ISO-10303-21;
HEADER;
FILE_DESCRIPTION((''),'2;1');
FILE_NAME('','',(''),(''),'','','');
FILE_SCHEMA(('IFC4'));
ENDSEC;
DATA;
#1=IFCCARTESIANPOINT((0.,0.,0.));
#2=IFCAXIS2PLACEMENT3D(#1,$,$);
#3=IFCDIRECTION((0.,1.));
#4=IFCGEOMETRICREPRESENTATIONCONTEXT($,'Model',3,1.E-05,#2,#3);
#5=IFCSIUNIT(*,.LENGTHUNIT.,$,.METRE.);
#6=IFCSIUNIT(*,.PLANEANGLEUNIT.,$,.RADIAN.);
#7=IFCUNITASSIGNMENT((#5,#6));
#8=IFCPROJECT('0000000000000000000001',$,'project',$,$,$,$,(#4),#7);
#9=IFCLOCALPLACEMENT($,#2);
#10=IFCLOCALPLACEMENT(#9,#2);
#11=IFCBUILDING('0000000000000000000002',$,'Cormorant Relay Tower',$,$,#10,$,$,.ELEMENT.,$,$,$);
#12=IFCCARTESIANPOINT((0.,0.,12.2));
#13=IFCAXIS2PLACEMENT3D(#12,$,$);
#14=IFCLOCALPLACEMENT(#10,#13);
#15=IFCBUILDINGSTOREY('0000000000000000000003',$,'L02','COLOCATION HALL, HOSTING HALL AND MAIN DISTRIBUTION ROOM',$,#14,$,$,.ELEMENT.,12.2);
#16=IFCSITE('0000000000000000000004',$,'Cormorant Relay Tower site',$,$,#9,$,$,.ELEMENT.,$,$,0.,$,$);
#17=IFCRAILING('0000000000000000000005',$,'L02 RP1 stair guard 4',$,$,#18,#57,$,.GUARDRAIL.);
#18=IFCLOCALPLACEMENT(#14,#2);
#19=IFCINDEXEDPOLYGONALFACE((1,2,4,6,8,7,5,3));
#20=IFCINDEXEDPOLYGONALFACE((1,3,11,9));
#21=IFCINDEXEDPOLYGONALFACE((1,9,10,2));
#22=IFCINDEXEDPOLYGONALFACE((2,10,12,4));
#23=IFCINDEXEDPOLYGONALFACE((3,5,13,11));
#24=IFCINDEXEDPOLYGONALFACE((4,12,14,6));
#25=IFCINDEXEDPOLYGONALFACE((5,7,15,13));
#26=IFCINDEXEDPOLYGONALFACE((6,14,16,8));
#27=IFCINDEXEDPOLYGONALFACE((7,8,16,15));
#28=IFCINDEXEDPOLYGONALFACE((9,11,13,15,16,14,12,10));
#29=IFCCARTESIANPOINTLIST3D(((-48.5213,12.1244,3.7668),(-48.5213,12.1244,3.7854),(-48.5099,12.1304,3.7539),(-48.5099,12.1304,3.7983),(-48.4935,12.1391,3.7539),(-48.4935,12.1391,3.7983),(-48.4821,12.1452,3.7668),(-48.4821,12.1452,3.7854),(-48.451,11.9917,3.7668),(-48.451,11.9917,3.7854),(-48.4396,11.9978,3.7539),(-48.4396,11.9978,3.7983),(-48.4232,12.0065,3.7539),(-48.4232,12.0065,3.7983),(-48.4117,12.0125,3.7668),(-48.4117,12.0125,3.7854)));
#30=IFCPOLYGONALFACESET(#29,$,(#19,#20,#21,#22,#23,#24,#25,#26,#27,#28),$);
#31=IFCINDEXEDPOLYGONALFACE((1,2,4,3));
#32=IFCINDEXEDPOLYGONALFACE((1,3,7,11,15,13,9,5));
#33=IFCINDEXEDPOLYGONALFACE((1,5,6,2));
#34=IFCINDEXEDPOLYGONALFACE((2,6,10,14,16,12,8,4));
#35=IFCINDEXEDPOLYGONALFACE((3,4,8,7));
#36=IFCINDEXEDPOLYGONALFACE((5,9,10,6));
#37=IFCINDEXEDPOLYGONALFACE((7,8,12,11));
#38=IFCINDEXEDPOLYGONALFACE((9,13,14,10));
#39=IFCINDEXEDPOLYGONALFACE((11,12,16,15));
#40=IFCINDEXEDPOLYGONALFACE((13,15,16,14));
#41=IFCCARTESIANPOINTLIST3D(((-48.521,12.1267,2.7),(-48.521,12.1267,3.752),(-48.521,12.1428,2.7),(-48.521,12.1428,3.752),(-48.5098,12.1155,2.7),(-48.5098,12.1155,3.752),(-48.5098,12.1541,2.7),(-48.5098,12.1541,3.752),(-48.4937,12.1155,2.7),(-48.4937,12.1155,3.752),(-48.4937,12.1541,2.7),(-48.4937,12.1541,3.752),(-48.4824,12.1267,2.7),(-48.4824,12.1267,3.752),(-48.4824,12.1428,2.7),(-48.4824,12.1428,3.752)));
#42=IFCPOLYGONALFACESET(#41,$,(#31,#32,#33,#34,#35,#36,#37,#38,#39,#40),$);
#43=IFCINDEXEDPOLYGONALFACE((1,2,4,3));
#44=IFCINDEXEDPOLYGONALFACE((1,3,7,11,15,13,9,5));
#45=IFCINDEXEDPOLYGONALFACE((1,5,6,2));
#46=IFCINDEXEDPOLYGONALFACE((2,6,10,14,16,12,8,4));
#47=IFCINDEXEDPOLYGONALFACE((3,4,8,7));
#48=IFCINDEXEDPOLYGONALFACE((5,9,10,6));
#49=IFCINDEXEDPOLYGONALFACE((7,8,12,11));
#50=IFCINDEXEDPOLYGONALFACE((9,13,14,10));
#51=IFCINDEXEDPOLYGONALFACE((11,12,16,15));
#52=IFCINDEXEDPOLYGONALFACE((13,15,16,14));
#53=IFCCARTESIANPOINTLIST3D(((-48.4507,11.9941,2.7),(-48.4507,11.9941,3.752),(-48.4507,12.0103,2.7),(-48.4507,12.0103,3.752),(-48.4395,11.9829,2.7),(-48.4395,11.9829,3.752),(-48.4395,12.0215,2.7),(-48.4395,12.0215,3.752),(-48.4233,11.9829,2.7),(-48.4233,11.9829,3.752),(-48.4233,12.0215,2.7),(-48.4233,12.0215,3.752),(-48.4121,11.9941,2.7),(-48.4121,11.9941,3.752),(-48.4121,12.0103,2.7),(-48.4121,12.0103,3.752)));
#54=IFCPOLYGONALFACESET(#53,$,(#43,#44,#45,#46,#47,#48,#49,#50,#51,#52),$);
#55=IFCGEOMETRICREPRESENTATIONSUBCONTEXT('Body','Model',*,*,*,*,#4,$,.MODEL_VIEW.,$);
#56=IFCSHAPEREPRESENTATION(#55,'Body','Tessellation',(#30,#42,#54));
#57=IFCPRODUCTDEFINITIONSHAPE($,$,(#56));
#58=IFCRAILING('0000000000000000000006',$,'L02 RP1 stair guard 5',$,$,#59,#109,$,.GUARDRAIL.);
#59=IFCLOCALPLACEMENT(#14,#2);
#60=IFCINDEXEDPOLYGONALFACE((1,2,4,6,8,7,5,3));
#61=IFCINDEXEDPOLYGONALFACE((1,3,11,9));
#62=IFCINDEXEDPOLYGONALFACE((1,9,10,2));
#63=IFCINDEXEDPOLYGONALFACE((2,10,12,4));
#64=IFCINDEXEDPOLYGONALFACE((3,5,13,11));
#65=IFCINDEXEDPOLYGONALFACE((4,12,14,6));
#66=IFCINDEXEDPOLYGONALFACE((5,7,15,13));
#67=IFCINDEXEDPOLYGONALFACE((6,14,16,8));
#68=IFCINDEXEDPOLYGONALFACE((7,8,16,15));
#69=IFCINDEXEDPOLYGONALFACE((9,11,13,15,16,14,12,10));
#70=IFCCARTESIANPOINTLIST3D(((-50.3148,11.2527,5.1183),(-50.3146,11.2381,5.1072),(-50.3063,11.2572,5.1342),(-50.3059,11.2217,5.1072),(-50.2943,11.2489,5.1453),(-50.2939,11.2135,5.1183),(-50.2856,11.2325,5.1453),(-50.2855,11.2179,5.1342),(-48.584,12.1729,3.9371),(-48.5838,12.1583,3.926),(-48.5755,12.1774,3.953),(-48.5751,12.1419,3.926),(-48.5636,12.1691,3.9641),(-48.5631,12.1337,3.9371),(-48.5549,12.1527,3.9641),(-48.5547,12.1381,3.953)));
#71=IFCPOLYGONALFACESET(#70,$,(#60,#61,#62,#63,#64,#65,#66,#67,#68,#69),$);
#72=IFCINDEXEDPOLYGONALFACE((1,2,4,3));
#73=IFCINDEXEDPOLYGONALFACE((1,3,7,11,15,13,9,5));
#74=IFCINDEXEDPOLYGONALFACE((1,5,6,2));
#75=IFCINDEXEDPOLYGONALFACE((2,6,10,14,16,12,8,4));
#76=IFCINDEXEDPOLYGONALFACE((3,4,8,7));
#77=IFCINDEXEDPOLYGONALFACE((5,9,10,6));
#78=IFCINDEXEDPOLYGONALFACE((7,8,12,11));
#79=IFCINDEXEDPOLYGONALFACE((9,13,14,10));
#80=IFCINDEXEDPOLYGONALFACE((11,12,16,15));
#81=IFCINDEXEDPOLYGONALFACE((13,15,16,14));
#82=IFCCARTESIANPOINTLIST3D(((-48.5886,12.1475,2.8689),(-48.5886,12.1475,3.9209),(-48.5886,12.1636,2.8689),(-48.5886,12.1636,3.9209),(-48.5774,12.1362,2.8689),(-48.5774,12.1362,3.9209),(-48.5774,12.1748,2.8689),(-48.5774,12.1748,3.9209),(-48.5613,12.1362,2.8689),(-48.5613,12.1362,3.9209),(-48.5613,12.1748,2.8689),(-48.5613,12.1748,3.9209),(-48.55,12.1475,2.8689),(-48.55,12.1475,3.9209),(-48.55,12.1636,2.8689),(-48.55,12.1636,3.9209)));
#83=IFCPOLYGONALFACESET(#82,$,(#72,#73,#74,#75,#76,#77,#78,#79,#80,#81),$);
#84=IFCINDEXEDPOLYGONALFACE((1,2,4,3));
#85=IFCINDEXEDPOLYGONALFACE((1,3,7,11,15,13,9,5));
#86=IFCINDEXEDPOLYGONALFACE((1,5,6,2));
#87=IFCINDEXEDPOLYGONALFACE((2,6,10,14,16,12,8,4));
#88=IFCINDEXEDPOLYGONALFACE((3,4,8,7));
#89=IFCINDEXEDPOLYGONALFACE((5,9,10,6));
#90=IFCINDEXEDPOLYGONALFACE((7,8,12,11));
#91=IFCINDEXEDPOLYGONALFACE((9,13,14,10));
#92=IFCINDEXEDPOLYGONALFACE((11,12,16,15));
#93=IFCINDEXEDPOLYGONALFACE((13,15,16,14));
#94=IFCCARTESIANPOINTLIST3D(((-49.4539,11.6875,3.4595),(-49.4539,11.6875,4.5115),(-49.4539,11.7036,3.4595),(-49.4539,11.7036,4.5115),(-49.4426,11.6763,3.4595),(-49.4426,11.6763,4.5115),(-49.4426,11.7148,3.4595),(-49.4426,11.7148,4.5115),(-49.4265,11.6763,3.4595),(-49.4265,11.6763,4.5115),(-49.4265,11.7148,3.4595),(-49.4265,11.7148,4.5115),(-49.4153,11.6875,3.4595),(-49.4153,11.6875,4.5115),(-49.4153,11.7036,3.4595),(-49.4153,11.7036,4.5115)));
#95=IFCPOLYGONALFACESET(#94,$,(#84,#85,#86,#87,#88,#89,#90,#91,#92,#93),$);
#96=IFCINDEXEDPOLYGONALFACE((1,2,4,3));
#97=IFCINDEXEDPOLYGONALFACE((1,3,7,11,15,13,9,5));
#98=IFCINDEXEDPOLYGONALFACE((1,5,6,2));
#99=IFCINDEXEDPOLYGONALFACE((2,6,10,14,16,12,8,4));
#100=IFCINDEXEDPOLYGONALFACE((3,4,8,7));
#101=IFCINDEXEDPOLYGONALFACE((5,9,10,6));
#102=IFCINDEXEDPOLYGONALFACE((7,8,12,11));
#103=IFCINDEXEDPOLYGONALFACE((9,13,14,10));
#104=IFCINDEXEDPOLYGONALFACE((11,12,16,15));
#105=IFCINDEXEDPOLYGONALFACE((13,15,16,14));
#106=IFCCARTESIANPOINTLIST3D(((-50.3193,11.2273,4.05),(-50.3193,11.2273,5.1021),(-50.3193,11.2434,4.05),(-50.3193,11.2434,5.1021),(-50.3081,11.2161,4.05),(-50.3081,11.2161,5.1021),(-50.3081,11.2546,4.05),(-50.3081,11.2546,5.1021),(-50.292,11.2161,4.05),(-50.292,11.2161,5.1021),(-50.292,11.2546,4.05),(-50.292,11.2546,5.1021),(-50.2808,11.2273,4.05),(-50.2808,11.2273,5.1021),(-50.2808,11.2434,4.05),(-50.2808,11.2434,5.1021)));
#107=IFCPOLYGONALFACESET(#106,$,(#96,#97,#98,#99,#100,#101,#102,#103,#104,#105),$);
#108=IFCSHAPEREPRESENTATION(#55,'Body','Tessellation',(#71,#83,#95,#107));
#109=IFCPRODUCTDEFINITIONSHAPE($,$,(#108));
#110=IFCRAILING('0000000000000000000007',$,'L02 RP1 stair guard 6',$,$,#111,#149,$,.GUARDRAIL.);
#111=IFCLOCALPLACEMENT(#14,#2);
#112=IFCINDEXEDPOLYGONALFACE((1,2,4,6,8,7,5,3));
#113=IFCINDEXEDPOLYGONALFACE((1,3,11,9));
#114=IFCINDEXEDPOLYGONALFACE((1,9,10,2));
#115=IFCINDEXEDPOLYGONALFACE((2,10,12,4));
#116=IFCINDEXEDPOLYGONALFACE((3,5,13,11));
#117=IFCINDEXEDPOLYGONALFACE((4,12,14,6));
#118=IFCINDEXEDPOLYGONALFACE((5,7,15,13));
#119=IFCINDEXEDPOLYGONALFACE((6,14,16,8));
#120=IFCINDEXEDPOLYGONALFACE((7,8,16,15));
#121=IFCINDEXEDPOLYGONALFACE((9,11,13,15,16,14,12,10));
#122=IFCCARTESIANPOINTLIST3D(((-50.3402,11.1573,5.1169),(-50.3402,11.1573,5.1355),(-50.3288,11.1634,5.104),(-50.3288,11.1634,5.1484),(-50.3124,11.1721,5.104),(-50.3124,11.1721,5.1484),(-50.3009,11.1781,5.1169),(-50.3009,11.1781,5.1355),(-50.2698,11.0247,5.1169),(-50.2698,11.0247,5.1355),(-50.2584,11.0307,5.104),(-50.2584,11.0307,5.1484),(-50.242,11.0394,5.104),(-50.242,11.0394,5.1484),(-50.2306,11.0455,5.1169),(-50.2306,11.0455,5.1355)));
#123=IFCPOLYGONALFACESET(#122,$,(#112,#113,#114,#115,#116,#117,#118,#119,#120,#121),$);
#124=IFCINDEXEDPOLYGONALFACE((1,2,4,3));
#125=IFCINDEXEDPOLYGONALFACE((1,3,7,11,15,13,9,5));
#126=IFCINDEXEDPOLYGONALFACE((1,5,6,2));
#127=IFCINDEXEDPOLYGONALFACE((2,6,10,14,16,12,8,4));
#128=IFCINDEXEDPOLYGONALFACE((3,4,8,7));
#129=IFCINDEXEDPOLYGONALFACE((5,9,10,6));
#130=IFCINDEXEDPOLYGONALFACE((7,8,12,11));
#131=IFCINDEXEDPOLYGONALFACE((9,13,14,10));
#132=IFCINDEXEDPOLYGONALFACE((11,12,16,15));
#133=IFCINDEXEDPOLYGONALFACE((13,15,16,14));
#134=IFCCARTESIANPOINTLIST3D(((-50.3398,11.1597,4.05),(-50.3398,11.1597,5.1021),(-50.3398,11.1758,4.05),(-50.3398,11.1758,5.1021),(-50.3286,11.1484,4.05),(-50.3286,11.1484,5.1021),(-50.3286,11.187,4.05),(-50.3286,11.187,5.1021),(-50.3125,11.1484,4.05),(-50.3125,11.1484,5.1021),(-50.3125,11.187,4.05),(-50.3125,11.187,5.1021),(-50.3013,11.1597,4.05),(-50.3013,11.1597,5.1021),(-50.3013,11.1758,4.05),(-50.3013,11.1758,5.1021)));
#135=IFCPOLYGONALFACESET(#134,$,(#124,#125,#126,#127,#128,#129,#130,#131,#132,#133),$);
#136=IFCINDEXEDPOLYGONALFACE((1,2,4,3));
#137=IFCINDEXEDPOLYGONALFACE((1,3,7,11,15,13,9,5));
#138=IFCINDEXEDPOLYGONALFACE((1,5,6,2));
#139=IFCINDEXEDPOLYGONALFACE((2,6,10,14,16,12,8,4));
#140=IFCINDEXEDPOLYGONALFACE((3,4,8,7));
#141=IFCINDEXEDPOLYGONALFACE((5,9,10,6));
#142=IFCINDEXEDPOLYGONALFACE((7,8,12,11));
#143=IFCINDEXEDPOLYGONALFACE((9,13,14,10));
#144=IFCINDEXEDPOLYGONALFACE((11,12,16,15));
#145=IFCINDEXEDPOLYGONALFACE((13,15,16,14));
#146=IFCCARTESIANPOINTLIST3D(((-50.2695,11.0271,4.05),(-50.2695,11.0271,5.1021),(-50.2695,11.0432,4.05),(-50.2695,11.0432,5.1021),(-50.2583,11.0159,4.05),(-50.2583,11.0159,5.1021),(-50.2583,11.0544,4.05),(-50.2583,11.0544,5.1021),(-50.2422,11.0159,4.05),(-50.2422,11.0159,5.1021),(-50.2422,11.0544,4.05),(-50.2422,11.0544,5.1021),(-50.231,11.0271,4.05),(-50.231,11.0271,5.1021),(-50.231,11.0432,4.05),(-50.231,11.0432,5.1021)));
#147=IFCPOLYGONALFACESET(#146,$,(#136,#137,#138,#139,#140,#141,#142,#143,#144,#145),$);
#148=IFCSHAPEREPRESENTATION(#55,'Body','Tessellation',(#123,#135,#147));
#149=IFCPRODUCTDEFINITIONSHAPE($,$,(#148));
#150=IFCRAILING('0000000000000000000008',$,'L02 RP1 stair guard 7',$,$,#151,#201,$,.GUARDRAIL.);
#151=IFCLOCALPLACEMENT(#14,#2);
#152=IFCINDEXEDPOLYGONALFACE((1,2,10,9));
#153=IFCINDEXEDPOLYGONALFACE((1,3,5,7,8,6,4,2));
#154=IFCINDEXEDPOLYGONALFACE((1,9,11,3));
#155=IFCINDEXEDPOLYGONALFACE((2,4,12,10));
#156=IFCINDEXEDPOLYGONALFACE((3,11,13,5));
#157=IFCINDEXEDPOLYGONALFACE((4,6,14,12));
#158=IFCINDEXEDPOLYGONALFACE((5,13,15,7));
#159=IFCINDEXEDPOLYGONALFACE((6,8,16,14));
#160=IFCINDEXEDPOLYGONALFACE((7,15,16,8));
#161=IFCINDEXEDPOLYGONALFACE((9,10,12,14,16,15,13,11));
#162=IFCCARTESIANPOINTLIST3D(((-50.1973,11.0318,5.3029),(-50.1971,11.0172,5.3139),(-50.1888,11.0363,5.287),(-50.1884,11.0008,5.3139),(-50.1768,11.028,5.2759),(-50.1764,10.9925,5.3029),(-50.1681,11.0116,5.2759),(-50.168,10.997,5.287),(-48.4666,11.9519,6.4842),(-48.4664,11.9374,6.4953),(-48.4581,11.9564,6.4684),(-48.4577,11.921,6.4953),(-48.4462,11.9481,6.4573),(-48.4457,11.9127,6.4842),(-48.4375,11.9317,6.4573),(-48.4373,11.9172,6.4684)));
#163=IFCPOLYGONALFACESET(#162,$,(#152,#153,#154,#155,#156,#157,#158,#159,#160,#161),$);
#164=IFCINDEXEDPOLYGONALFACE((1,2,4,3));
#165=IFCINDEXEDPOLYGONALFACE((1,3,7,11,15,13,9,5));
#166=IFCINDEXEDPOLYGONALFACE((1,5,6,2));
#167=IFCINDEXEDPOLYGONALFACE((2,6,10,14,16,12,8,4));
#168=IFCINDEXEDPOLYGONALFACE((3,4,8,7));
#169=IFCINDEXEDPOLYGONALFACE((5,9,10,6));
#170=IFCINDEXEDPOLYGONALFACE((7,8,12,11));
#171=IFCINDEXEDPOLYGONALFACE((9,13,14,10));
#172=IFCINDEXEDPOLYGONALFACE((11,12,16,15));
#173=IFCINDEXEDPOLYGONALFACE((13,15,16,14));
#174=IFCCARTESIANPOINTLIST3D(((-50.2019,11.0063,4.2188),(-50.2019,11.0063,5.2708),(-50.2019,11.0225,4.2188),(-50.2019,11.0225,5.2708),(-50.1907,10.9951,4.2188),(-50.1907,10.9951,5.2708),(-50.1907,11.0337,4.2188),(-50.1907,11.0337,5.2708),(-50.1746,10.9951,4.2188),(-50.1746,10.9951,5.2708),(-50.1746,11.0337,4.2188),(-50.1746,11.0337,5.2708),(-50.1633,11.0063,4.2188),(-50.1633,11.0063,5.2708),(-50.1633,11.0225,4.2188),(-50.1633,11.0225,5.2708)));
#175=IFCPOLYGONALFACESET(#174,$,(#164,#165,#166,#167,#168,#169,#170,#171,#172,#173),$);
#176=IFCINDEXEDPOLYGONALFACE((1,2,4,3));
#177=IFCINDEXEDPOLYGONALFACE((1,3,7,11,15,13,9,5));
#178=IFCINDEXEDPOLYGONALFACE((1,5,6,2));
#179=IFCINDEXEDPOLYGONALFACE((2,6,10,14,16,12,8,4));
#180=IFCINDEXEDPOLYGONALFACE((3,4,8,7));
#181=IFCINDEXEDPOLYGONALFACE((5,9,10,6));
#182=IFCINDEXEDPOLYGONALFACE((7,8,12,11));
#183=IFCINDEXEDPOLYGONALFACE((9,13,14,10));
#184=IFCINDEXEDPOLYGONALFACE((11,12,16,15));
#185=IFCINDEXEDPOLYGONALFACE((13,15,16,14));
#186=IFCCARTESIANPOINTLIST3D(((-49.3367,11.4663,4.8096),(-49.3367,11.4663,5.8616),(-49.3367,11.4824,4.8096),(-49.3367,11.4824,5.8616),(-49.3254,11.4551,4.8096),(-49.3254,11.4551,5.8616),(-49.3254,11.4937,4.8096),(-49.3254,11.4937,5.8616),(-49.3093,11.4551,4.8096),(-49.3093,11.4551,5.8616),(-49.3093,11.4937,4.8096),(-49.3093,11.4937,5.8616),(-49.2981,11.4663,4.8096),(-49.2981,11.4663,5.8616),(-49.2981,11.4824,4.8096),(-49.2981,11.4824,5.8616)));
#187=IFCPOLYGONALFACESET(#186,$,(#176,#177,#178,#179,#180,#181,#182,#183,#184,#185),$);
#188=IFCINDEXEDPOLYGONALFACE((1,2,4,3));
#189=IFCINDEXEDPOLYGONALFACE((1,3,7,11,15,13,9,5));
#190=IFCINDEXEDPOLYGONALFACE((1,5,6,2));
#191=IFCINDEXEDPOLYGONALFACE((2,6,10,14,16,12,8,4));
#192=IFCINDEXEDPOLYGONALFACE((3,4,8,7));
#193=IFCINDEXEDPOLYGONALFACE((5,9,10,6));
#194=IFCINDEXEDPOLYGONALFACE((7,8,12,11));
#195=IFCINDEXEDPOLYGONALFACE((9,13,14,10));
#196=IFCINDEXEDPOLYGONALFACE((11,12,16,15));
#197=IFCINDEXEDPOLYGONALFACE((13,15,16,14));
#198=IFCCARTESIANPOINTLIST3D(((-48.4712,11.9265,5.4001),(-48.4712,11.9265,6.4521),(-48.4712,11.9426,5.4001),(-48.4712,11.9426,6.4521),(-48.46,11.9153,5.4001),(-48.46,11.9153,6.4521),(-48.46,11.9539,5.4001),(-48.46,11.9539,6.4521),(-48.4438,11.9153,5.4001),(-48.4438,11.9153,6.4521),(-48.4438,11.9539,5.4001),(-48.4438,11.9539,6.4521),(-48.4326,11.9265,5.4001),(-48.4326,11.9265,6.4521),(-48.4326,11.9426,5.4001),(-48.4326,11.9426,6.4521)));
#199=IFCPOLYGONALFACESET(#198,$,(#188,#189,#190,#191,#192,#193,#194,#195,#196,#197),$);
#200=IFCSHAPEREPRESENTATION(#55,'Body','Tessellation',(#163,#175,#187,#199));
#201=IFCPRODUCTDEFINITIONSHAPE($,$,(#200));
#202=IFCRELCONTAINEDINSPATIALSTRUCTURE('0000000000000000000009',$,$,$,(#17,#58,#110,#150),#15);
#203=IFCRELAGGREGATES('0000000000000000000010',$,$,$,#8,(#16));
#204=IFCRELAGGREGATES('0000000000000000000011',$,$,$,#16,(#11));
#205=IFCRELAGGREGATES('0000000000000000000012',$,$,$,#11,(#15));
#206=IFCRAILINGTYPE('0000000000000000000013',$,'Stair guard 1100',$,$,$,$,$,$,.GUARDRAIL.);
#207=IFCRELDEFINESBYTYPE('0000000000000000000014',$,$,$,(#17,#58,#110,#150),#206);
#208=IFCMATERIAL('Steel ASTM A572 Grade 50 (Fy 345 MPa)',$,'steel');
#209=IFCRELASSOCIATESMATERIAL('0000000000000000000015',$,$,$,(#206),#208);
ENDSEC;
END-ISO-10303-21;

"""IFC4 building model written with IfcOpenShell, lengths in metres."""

from ifc_helpers import new_model, si_unit, direction, frame, origin, place, context, subcontext, project, spatial, polyline, outline, extrude, material, type_object, element, save


model = new_model("IFC4")

# Units and contexts
model_context = context("Model", 3, precision=1e-05, world=origin(), true_north=direction((0.0, 1.0)))
body_context = subcontext(model_context, "Body", "Model", "MODEL_VIEW")
ifc_project = project(units=[si_unit("LENGTHUNIT", "METRE"), si_unit("PLANEANGLEUNIT", "RADIAN")], contexts=[model_context])

# Site, building, storey
site_placement = place(None, origin())
site = spatial("IfcSite", under=ifc_project, at=site_placement, Name="Cormorant Relay Tower site", CompositionType="ELEMENT", RefElevation=0.0)
building_placement = place(site_placement, origin())
building = spatial("IfcBuilding", under=site, at=building_placement, Name="Cormorant Relay Tower", CompositionType="ELEMENT")
storey_placement = place(building_placement, frame((0.0, 0.0, 12.2)))
storey = spatial("IfcBuildingStorey", under=building, at=storey_placement, Name="L02", Description="COLOCATION HALL, HOSTING HALL AND MAIN DISTRIBUTION ROOM", CompositionType="ELEMENT", Elevation=12.2)

# Railings
ifc_material_1 = material(Name="Steel ASTM A572 Grade 50 (Fy 345 MPa)", Category="steel")
railing_type_1 = type_object("IfcRailingType", Name="Stair guard 1100", PredefinedType="GUARDRAIL", material=ifc_material_1)
railing_1_placement = place(storey_placement, frame((-48.5017, 12.1348, 2.7)))
element("IfcRailing", 1, at=railing_1_placement, inside=storey, type_object=railing_type_1, Name="L02 RP1 stair guard 4", PredefinedType="GUARDRAIL", context=body_context, shape_type="SweptSolid", body=[
    extrude(outline(polyline([(0.0222, 0.0093), (0.0093, 0.0222), (-0.0093, 0.0222), (-0.0222, 0.0093), (-0.0222, -0.0093), (-0.0093, -0.0222), (0.0093, -0.0222), (0.0222, -0.0093), (0.0222, 0.0093)])), frame((0.0, 0.0, 1.0762), z_axis=(0.46856, -0.883431, 0.0), x_axis=(0.883431, 0.46856, 0.0)), (0.0, 0.0, 1.0), 0.1501),
    extrude(outline(polyline([(0.0193, 0.0081), (0.0081, 0.0193), (-0.0081, 0.0193), (-0.0193, 0.0081), (-0.0193, -0.0081), (-0.0081, -0.0193), (0.0081, -0.0193), (0.0193, -0.0081), (0.0193, 0.0081)])), origin(), (0.0, 0.0, 1.0), 1.052),
    extrude(outline(polyline([(0.0193, 0.0081), (0.0081, 0.0193), (-0.0081, 0.0193), (-0.0193, 0.0081), (-0.0193, -0.0081), (-0.0081, -0.0193), (0.0081, -0.0193), (0.0193, -0.0081), (0.0193, 0.0081)])), frame((0.0703, -0.1326, 0.0)), (0.0, 0.0, 1.0), 1.052),
])
railing_2_placement = place(storey_placement, frame((-48.5693, 12.1555, 2.8689)))
element("IfcRailing", 2, at=railing_2_placement, inside=storey, type_object=railing_type_1, Name="L02 RP1 stair guard 5", PredefinedType="GUARDRAIL", context=body_context, shape_type="SweptSolid", body=[
    extrude(outline(polyline([(0.0222, 0.0093), (0.0093, 0.0222), (-0.0093, 0.0222), (-0.0222, 0.0093), (-0.0222, -0.0093), (-0.0093, -0.0222), (0.0093, -0.0222), (0.0222, -0.0093), (0.0222, 0.0093)])), frame((0.0, 0.0, 1.0762), z_axis=(-0.756268, -0.402084, 0.516127), x_axis=(0.469444, -0.882962, 0.0)), (0.0, 0.0, 1.0), 2.2886),
    extrude(outline(polyline([(0.0193, 0.0081), (0.0081, 0.0193), (-0.0081, 0.0193), (-0.0193, 0.0081), (-0.0193, -0.0081), (-0.0081, -0.0193), (0.0081, -0.0193), (0.0193, -0.0081), (0.0193, 0.0081)])), origin(), (0.0, 0.0, 1.0), 1.052),
    extrude(outline(polyline([(0.0193, 0.0081), (0.0081, 0.0193), (-0.0081, 0.0193), (-0.0193, 0.0081), (-0.0193, -0.0081), (-0.0081, -0.0193), (0.0081, -0.0193), (0.0193, -0.0081), (0.0193, 0.0081)])), frame((-0.8652, -0.46, 0.5906)), (0.0, 0.0, 1.0), 1.052),
    extrude(outline(polyline([(0.0193, 0.0081), (0.0081, 0.0193), (-0.0081, 0.0193), (-0.0193, 0.0081), (-0.0193, -0.0081), (-0.0081, -0.0193), (0.0081, -0.0193), (0.0193, -0.0081), (0.0193, 0.0081)])), frame((-1.7307, -0.9202, 1.1812)), (0.0, 0.0, 1.0), 1.052),
])
railing_3_placement = place(storey_placement, frame((-50.3206, 11.1677, 4.05)))
element("IfcRailing", 3, at=railing_3_placement, inside=storey, type_object=railing_type_1, Name="L02 RP1 stair guard 6", PredefinedType="GUARDRAIL", context=body_context, shape_type="SweptSolid", body=[
    extrude(outline(polyline([(0.0222, 0.0093), (0.0093, 0.0222), (-0.0093, 0.0222), (-0.0222, 0.0093), (-0.0222, -0.0093), (-0.0093, -0.0222), (0.0093, -0.0222), (0.0222, -0.0093), (0.0222, 0.0093)])), frame((0.0, 0.0, 1.0762), z_axis=(0.46856, -0.883431, 0.0), x_axis=(0.883431, 0.46856, 0.0)), (0.0, 0.0, 1.0), 0.1501),
    extrude(outline(polyline([(0.0193, 0.0081), (0.0081, 0.0193), (-0.0081, 0.0193), (-0.0193, 0.0081), (-0.0193, -0.0081), (-0.0081, -0.0193), (0.0081, -0.0193), (0.0193, -0.0081), (0.0193, 0.0081)])), origin(), (0.0, 0.0, 1.0), 1.052),
    extrude(outline(polyline([(0.0193, 0.0081), (0.0081, 0.0193), (-0.0081, 0.0193), (-0.0193, 0.0081), (-0.0193, -0.0081), (-0.0081, -0.0193), (0.0081, -0.0193), (0.0193, -0.0081), (0.0193, 0.0081)])), frame((0.0703, -0.1326, 0.0)), (0.0, 0.0, 1.0), 1.052),
])
railing_4_placement = place(storey_placement, frame((-50.1826, 11.0144, 4.2188)))
element("IfcRailing", 4, at=railing_4_placement, inside=storey, type_object=railing_type_1, Name="L02 RP1 stair guard 7", PredefinedType="GUARDRAIL", context=body_context, shape_type="SweptSolid", body=[
    extrude(outline(polyline([(0.0222, 0.0093), (0.0093, 0.0222), (-0.0093, 0.0222), (-0.0222, 0.0093), (-0.0222, -0.0093), (-0.0093, -0.0222), (0.0093, -0.0222), (0.0222, -0.0093), (0.0222, 0.0093)])), frame((0.0, 0.0, 1.0762), z_axis=(0.756226, 0.402062, 0.516205), x_axis=(-0.469444, 0.882962, 0.0)), (0.0, 0.0, 1.0), 2.2886),
    extrude(outline(polyline([(0.0193, 0.0081), (0.0081, 0.0193), (-0.0081, 0.0193), (-0.0193, 0.0081), (-0.0193, -0.0081), (-0.0081, -0.0193), (0.0081, -0.0193), (0.0193, -0.0081), (0.0193, 0.0081)])), origin(), (0.0, 0.0, 1.0), 1.052),
    extrude(outline(polyline([(0.0193, 0.0081), (0.0081, 0.0193), (-0.0081, 0.0193), (-0.0193, 0.0081), (-0.0193, -0.0081), (-0.0081, -0.0193), (0.0081, -0.0193), (0.0193, -0.0081), (0.0193, 0.0081)])), frame((0.8652, 0.46, 0.5908)), (0.0, 0.0, 1.0), 1.052),
    extrude(outline(polyline([(0.0193, 0.0081), (0.0081, 0.0193), (-0.0081, 0.0193), (-0.0193, 0.0081), (-0.0193, -0.0081), (-0.0081, -0.0193), (0.0081, -0.0193), (0.0193, -0.0081), (0.0193, 0.0081)])), frame((1.7307, 0.9202, 1.1814)), (0.0, 0.0, 1.0), 1.052),
])

save(model, "model.ifc")
